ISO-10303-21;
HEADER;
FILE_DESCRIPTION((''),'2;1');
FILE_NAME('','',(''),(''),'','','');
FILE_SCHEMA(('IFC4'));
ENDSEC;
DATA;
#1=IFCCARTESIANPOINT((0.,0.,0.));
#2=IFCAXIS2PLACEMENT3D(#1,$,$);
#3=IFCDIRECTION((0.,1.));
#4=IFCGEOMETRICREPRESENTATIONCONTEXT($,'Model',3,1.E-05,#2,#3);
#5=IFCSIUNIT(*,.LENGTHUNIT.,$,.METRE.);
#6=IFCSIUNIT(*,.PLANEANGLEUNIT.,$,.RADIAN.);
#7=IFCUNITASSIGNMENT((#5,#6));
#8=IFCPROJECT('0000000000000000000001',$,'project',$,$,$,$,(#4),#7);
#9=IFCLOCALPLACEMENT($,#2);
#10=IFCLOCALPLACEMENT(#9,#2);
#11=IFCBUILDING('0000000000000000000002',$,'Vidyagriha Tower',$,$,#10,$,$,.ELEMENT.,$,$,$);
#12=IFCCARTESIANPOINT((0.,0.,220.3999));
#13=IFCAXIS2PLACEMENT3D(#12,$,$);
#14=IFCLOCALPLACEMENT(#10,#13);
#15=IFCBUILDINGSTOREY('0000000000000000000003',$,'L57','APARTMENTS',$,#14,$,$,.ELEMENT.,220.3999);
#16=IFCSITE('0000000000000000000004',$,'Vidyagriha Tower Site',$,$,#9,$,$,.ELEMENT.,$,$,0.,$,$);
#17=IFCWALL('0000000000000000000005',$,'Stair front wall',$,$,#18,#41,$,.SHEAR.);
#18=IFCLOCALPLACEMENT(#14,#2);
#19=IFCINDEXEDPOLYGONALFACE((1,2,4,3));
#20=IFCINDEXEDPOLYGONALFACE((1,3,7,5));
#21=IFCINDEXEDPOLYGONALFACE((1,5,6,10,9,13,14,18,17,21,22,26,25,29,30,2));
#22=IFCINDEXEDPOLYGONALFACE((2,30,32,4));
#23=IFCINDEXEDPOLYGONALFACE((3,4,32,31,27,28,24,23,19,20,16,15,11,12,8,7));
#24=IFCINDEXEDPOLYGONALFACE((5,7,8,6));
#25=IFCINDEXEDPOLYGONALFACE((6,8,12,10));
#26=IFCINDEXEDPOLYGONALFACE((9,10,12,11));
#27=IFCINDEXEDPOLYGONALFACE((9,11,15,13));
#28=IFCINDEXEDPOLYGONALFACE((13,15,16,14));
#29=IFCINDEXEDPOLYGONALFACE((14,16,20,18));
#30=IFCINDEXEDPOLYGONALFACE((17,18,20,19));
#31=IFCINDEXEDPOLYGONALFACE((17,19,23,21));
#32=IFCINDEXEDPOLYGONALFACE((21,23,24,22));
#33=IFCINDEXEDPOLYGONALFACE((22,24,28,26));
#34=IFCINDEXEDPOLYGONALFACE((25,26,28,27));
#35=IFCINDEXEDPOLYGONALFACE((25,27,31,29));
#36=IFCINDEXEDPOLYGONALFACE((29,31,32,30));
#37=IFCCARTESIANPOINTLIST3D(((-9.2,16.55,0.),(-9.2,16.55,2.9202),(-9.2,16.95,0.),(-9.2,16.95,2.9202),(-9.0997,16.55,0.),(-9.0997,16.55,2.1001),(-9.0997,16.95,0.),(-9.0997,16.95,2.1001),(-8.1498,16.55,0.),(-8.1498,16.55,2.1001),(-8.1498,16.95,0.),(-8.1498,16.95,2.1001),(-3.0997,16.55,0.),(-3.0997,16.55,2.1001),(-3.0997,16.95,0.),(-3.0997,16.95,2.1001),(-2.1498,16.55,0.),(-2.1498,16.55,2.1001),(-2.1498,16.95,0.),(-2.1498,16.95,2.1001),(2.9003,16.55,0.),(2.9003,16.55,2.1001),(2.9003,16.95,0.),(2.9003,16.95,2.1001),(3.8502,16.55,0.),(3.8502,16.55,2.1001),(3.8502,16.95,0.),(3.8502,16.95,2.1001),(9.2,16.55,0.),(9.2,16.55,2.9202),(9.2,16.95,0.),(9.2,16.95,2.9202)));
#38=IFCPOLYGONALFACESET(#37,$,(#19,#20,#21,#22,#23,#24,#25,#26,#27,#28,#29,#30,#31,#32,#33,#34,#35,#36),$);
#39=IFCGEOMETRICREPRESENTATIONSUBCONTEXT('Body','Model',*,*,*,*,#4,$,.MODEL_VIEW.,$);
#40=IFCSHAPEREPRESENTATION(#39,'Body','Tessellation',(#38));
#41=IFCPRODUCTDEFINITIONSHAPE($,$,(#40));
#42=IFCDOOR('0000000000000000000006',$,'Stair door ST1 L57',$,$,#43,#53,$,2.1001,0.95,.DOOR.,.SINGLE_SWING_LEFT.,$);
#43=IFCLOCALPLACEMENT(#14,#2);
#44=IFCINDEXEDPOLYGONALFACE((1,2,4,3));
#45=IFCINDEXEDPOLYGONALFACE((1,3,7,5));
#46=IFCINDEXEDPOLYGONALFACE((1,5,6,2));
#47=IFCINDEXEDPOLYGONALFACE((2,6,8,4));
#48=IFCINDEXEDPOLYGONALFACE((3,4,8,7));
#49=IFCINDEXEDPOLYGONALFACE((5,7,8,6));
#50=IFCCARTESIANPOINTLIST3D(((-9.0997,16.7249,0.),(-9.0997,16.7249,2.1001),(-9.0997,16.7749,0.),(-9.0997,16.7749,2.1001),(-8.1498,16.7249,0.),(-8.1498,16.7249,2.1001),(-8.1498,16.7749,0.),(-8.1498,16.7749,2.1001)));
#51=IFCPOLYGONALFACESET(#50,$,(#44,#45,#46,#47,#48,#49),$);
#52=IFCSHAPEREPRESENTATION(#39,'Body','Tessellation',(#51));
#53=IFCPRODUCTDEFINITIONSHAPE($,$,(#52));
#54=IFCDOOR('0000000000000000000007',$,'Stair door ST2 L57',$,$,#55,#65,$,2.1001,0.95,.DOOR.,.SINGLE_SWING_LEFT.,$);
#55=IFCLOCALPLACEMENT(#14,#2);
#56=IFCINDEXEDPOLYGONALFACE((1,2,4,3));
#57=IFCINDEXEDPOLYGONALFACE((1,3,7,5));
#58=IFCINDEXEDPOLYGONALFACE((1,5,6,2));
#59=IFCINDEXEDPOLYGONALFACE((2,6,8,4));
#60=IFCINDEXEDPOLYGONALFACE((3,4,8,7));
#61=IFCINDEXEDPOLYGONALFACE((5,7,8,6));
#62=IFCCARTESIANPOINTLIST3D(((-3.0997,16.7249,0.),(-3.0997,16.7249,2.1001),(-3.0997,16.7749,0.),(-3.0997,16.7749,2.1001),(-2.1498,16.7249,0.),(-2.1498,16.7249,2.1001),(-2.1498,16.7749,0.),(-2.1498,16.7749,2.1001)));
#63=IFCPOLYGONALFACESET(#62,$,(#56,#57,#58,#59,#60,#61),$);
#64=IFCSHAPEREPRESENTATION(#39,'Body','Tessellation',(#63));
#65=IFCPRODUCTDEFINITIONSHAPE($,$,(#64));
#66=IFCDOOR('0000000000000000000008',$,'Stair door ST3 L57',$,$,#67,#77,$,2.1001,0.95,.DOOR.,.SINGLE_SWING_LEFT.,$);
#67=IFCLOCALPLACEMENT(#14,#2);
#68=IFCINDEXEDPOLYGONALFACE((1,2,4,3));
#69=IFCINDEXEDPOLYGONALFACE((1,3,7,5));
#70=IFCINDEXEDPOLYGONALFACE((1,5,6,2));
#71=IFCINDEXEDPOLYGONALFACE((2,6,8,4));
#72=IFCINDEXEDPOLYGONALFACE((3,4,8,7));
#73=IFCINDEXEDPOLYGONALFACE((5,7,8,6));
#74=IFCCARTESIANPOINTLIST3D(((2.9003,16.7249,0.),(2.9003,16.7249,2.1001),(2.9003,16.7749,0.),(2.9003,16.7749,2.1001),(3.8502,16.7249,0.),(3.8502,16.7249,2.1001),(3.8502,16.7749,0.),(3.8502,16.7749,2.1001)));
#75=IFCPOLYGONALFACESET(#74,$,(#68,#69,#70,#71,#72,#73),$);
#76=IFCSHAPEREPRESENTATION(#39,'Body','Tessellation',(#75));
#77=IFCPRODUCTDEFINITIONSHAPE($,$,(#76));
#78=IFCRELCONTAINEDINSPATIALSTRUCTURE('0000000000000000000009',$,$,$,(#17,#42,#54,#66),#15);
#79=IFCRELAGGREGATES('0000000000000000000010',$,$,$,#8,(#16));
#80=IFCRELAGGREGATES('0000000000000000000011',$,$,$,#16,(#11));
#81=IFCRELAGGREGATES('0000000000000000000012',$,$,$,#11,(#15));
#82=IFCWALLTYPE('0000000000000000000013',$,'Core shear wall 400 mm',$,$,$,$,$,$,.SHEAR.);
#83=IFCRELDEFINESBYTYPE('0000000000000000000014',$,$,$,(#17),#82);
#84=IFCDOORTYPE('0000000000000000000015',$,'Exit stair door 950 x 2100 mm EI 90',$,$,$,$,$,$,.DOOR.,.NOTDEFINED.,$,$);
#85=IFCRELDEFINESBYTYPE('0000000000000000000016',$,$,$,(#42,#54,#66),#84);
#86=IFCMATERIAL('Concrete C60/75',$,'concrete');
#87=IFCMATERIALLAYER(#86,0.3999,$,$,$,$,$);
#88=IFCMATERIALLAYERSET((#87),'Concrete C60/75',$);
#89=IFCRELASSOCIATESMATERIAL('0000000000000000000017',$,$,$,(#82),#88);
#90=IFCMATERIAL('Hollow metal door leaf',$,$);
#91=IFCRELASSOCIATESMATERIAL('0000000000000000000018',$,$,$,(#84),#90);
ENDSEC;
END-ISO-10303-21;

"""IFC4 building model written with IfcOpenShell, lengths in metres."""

from ifc_helpers import new_model, si_unit, direction, frame, frame_2d, origin, place, context, subcontext, project, spatial, rectangle, extrude, material, layer, layer_set, type_object, element, fill, save


model = new_model("IFC4")

# Units and contexts
model_context = context("Model", 3, precision=1e-05, world=origin(), true_north=direction((0.0, 1.0)))
body_context = subcontext(model_context, "Body", "Model", "MODEL_VIEW")
ifc_project = project(units=[si_unit("LENGTHUNIT", "METRE"), si_unit("PLANEANGLEUNIT", "RADIAN")], contexts=[model_context])

# Site, building, storey
site_placement = place(None, origin())
site = spatial("IfcSite", under=ifc_project, at=site_placement, Name="Vidyagriha Tower Site", CompositionType="ELEMENT", RefElevation=0.0)
building_placement = place(site_placement, origin())
building = spatial("IfcBuilding", under=site, at=building_placement, Name="Vidyagriha Tower", CompositionType="ELEMENT")
storey_placement = place(building_placement, frame((0.0, 0.0, 220.3999)))
storey = spatial("IfcBuildingStorey", under=building, at=storey_placement, Name="L57", Description="APARTMENTS", CompositionType="ELEMENT", Elevation=220.3999)

# Shared definitions
ifc_material_1 = material(Name="Concrete C60/75", Category="concrete")
ifc_layer_1 = layer(ifc_material_1, 0.3999)
ifc_layer_set_1 = layer_set([ifc_layer_1], Name="Concrete C60/75")
wall_type = type_object("IfcWallType", Name="Core shear wall 400 mm", PredefinedType="SHEAR", material=ifc_layer_set_1)

# Wall, openings, doors
wall_placement = place(storey_placement, frame((-9.2, 16.75, 0.0)))
wall = element("IfcWall", 1, at=wall_placement, inside=storey, type_object=wall_type, Name="Stair front wall", PredefinedType="SHEAR", context=body_context, shape_type="SweptSolid", body=[
    extrude(rectangle(XDim=18.3999, YDim=0.3999, at=frame_2d((9.2, 0.0))), origin(), (0.0, 0.0, 1.0), 2.9202),
])
opening_1_placement = place(wall_placement, frame((0.1001, 0.0, 0.0)))
opening_1 = element("IfcOpeningElement", 2, at=opening_1_placement, cuts=wall, PredefinedType="OPENING", context=body_context, shape_type="SweptSolid", body=[
    extrude(rectangle(XDim=0.95, YDim=2.1001, at=frame_2d((0.4751, 1.05))), frame((0.0, 0.21, 0.0), z_axis=(0.0, -1.0, 0.0), x_axis=(1.0, 0.0, 0.0)), (0.0, 0.0, 1.0), 0.4199),
])
opening_2_placement = place(wall_placement, frame((6.1001, 0.0, 0.0)))
opening_2 = element("IfcOpeningElement", 3, at=opening_2_placement, cuts=wall, PredefinedType="OPENING", context=body_context, shape_type="SweptSolid", body=[
    extrude(rectangle(XDim=0.95, YDim=2.1001, at=frame_2d((0.4751, 1.05))), frame((0.0, 0.21, 0.0), z_axis=(0.0, -1.0, 0.0), x_axis=(1.0, 0.0, 0.0)), (0.0, 0.0, 1.0), 0.4199),
])
opening_3_placement = place(wall_placement, frame((12.1001, 0.0, 0.0)))
opening_3 = element("IfcOpeningElement", 4, at=opening_3_placement, cuts=wall, PredefinedType="OPENING", context=body_context, shape_type="SweptSolid", body=[
    extrude(rectangle(XDim=0.95, YDim=2.1001, at=frame_2d((0.4751, 1.05))), frame((0.0, 0.21, 0.0), z_axis=(0.0, -1.0, 0.0), x_axis=(1.0, 0.0, 0.0)), (0.0, 0.0, 1.0), 0.4199),
])
ifc_material_2 = material(Name="Hollow metal door leaf")
door_type = type_object("IfcDoorType", Name="Exit stair door 950 x 2100 mm EI 90", OperationType="NOTDEFINED", PredefinedType="DOOR", material=ifc_material_2)
door_1_placement = place(opening_1_placement, origin())
door_1 = element("IfcDoor", 5, at=door_1_placement, inside=storey, type_object=door_type, Name="Stair door ST1 L57", OperationType="SINGLE_SWING_LEFT", OverallHeight=2.1001, OverallWidth=0.95, PredefinedType="DOOR", context=body_context, shape_type="SweptSolid", body=[
    extrude(rectangle(XDim=0.95, YDim=2.1001, at=frame_2d((0.4751, 1.05))), frame((0.0, 0.0249, 0.0), z_axis=(0.0, -1.0, 0.0), x_axis=(1.0, 0.0, 0.0)), (0.0, 0.0, 1.0), 0.05),
])
fill(opening_1, door_1)
door_2_placement = place(opening_2_placement, origin())
door_2 = element("IfcDoor", 6, at=door_2_placement, inside=storey, type_object=door_type, Name="Stair door ST2 L57", OperationType="SINGLE_SWING_LEFT", OverallHeight=2.1001, OverallWidth=0.95, PredefinedType="DOOR", context=body_context, shape_type="SweptSolid", body=[
    extrude(rectangle(XDim=0.95, YDim=2.1001, at=frame_2d((0.4751, 1.05))), frame((0.0, 0.0249, 0.0), z_axis=(0.0, -1.0, 0.0), x_axis=(1.0, 0.0, 0.0)), (0.0, 0.0, 1.0), 0.05),
])
fill(opening_2, door_2)
door_3_placement = place(opening_3_placement, origin())
door_3 = element("IfcDoor", 7, at=door_3_placement, inside=storey, type_object=door_type, Name="Stair door ST3 L57", OperationType="SINGLE_SWING_LEFT", OverallHeight=2.1001, OverallWidth=0.95, PredefinedType="DOOR", context=body_context, shape_type="SweptSolid", body=[
    extrude(rectangle(XDim=0.95, YDim=2.1001, at=frame_2d((0.4751, 1.05))), frame((0.0, 0.0249, 0.0), z_axis=(0.0, -1.0, 0.0), x_axis=(1.0, 0.0, 0.0)), (0.0, 0.0, 1.0), 0.05),
])
fill(opening_3, door_3)

save(model, "model.ifc")
